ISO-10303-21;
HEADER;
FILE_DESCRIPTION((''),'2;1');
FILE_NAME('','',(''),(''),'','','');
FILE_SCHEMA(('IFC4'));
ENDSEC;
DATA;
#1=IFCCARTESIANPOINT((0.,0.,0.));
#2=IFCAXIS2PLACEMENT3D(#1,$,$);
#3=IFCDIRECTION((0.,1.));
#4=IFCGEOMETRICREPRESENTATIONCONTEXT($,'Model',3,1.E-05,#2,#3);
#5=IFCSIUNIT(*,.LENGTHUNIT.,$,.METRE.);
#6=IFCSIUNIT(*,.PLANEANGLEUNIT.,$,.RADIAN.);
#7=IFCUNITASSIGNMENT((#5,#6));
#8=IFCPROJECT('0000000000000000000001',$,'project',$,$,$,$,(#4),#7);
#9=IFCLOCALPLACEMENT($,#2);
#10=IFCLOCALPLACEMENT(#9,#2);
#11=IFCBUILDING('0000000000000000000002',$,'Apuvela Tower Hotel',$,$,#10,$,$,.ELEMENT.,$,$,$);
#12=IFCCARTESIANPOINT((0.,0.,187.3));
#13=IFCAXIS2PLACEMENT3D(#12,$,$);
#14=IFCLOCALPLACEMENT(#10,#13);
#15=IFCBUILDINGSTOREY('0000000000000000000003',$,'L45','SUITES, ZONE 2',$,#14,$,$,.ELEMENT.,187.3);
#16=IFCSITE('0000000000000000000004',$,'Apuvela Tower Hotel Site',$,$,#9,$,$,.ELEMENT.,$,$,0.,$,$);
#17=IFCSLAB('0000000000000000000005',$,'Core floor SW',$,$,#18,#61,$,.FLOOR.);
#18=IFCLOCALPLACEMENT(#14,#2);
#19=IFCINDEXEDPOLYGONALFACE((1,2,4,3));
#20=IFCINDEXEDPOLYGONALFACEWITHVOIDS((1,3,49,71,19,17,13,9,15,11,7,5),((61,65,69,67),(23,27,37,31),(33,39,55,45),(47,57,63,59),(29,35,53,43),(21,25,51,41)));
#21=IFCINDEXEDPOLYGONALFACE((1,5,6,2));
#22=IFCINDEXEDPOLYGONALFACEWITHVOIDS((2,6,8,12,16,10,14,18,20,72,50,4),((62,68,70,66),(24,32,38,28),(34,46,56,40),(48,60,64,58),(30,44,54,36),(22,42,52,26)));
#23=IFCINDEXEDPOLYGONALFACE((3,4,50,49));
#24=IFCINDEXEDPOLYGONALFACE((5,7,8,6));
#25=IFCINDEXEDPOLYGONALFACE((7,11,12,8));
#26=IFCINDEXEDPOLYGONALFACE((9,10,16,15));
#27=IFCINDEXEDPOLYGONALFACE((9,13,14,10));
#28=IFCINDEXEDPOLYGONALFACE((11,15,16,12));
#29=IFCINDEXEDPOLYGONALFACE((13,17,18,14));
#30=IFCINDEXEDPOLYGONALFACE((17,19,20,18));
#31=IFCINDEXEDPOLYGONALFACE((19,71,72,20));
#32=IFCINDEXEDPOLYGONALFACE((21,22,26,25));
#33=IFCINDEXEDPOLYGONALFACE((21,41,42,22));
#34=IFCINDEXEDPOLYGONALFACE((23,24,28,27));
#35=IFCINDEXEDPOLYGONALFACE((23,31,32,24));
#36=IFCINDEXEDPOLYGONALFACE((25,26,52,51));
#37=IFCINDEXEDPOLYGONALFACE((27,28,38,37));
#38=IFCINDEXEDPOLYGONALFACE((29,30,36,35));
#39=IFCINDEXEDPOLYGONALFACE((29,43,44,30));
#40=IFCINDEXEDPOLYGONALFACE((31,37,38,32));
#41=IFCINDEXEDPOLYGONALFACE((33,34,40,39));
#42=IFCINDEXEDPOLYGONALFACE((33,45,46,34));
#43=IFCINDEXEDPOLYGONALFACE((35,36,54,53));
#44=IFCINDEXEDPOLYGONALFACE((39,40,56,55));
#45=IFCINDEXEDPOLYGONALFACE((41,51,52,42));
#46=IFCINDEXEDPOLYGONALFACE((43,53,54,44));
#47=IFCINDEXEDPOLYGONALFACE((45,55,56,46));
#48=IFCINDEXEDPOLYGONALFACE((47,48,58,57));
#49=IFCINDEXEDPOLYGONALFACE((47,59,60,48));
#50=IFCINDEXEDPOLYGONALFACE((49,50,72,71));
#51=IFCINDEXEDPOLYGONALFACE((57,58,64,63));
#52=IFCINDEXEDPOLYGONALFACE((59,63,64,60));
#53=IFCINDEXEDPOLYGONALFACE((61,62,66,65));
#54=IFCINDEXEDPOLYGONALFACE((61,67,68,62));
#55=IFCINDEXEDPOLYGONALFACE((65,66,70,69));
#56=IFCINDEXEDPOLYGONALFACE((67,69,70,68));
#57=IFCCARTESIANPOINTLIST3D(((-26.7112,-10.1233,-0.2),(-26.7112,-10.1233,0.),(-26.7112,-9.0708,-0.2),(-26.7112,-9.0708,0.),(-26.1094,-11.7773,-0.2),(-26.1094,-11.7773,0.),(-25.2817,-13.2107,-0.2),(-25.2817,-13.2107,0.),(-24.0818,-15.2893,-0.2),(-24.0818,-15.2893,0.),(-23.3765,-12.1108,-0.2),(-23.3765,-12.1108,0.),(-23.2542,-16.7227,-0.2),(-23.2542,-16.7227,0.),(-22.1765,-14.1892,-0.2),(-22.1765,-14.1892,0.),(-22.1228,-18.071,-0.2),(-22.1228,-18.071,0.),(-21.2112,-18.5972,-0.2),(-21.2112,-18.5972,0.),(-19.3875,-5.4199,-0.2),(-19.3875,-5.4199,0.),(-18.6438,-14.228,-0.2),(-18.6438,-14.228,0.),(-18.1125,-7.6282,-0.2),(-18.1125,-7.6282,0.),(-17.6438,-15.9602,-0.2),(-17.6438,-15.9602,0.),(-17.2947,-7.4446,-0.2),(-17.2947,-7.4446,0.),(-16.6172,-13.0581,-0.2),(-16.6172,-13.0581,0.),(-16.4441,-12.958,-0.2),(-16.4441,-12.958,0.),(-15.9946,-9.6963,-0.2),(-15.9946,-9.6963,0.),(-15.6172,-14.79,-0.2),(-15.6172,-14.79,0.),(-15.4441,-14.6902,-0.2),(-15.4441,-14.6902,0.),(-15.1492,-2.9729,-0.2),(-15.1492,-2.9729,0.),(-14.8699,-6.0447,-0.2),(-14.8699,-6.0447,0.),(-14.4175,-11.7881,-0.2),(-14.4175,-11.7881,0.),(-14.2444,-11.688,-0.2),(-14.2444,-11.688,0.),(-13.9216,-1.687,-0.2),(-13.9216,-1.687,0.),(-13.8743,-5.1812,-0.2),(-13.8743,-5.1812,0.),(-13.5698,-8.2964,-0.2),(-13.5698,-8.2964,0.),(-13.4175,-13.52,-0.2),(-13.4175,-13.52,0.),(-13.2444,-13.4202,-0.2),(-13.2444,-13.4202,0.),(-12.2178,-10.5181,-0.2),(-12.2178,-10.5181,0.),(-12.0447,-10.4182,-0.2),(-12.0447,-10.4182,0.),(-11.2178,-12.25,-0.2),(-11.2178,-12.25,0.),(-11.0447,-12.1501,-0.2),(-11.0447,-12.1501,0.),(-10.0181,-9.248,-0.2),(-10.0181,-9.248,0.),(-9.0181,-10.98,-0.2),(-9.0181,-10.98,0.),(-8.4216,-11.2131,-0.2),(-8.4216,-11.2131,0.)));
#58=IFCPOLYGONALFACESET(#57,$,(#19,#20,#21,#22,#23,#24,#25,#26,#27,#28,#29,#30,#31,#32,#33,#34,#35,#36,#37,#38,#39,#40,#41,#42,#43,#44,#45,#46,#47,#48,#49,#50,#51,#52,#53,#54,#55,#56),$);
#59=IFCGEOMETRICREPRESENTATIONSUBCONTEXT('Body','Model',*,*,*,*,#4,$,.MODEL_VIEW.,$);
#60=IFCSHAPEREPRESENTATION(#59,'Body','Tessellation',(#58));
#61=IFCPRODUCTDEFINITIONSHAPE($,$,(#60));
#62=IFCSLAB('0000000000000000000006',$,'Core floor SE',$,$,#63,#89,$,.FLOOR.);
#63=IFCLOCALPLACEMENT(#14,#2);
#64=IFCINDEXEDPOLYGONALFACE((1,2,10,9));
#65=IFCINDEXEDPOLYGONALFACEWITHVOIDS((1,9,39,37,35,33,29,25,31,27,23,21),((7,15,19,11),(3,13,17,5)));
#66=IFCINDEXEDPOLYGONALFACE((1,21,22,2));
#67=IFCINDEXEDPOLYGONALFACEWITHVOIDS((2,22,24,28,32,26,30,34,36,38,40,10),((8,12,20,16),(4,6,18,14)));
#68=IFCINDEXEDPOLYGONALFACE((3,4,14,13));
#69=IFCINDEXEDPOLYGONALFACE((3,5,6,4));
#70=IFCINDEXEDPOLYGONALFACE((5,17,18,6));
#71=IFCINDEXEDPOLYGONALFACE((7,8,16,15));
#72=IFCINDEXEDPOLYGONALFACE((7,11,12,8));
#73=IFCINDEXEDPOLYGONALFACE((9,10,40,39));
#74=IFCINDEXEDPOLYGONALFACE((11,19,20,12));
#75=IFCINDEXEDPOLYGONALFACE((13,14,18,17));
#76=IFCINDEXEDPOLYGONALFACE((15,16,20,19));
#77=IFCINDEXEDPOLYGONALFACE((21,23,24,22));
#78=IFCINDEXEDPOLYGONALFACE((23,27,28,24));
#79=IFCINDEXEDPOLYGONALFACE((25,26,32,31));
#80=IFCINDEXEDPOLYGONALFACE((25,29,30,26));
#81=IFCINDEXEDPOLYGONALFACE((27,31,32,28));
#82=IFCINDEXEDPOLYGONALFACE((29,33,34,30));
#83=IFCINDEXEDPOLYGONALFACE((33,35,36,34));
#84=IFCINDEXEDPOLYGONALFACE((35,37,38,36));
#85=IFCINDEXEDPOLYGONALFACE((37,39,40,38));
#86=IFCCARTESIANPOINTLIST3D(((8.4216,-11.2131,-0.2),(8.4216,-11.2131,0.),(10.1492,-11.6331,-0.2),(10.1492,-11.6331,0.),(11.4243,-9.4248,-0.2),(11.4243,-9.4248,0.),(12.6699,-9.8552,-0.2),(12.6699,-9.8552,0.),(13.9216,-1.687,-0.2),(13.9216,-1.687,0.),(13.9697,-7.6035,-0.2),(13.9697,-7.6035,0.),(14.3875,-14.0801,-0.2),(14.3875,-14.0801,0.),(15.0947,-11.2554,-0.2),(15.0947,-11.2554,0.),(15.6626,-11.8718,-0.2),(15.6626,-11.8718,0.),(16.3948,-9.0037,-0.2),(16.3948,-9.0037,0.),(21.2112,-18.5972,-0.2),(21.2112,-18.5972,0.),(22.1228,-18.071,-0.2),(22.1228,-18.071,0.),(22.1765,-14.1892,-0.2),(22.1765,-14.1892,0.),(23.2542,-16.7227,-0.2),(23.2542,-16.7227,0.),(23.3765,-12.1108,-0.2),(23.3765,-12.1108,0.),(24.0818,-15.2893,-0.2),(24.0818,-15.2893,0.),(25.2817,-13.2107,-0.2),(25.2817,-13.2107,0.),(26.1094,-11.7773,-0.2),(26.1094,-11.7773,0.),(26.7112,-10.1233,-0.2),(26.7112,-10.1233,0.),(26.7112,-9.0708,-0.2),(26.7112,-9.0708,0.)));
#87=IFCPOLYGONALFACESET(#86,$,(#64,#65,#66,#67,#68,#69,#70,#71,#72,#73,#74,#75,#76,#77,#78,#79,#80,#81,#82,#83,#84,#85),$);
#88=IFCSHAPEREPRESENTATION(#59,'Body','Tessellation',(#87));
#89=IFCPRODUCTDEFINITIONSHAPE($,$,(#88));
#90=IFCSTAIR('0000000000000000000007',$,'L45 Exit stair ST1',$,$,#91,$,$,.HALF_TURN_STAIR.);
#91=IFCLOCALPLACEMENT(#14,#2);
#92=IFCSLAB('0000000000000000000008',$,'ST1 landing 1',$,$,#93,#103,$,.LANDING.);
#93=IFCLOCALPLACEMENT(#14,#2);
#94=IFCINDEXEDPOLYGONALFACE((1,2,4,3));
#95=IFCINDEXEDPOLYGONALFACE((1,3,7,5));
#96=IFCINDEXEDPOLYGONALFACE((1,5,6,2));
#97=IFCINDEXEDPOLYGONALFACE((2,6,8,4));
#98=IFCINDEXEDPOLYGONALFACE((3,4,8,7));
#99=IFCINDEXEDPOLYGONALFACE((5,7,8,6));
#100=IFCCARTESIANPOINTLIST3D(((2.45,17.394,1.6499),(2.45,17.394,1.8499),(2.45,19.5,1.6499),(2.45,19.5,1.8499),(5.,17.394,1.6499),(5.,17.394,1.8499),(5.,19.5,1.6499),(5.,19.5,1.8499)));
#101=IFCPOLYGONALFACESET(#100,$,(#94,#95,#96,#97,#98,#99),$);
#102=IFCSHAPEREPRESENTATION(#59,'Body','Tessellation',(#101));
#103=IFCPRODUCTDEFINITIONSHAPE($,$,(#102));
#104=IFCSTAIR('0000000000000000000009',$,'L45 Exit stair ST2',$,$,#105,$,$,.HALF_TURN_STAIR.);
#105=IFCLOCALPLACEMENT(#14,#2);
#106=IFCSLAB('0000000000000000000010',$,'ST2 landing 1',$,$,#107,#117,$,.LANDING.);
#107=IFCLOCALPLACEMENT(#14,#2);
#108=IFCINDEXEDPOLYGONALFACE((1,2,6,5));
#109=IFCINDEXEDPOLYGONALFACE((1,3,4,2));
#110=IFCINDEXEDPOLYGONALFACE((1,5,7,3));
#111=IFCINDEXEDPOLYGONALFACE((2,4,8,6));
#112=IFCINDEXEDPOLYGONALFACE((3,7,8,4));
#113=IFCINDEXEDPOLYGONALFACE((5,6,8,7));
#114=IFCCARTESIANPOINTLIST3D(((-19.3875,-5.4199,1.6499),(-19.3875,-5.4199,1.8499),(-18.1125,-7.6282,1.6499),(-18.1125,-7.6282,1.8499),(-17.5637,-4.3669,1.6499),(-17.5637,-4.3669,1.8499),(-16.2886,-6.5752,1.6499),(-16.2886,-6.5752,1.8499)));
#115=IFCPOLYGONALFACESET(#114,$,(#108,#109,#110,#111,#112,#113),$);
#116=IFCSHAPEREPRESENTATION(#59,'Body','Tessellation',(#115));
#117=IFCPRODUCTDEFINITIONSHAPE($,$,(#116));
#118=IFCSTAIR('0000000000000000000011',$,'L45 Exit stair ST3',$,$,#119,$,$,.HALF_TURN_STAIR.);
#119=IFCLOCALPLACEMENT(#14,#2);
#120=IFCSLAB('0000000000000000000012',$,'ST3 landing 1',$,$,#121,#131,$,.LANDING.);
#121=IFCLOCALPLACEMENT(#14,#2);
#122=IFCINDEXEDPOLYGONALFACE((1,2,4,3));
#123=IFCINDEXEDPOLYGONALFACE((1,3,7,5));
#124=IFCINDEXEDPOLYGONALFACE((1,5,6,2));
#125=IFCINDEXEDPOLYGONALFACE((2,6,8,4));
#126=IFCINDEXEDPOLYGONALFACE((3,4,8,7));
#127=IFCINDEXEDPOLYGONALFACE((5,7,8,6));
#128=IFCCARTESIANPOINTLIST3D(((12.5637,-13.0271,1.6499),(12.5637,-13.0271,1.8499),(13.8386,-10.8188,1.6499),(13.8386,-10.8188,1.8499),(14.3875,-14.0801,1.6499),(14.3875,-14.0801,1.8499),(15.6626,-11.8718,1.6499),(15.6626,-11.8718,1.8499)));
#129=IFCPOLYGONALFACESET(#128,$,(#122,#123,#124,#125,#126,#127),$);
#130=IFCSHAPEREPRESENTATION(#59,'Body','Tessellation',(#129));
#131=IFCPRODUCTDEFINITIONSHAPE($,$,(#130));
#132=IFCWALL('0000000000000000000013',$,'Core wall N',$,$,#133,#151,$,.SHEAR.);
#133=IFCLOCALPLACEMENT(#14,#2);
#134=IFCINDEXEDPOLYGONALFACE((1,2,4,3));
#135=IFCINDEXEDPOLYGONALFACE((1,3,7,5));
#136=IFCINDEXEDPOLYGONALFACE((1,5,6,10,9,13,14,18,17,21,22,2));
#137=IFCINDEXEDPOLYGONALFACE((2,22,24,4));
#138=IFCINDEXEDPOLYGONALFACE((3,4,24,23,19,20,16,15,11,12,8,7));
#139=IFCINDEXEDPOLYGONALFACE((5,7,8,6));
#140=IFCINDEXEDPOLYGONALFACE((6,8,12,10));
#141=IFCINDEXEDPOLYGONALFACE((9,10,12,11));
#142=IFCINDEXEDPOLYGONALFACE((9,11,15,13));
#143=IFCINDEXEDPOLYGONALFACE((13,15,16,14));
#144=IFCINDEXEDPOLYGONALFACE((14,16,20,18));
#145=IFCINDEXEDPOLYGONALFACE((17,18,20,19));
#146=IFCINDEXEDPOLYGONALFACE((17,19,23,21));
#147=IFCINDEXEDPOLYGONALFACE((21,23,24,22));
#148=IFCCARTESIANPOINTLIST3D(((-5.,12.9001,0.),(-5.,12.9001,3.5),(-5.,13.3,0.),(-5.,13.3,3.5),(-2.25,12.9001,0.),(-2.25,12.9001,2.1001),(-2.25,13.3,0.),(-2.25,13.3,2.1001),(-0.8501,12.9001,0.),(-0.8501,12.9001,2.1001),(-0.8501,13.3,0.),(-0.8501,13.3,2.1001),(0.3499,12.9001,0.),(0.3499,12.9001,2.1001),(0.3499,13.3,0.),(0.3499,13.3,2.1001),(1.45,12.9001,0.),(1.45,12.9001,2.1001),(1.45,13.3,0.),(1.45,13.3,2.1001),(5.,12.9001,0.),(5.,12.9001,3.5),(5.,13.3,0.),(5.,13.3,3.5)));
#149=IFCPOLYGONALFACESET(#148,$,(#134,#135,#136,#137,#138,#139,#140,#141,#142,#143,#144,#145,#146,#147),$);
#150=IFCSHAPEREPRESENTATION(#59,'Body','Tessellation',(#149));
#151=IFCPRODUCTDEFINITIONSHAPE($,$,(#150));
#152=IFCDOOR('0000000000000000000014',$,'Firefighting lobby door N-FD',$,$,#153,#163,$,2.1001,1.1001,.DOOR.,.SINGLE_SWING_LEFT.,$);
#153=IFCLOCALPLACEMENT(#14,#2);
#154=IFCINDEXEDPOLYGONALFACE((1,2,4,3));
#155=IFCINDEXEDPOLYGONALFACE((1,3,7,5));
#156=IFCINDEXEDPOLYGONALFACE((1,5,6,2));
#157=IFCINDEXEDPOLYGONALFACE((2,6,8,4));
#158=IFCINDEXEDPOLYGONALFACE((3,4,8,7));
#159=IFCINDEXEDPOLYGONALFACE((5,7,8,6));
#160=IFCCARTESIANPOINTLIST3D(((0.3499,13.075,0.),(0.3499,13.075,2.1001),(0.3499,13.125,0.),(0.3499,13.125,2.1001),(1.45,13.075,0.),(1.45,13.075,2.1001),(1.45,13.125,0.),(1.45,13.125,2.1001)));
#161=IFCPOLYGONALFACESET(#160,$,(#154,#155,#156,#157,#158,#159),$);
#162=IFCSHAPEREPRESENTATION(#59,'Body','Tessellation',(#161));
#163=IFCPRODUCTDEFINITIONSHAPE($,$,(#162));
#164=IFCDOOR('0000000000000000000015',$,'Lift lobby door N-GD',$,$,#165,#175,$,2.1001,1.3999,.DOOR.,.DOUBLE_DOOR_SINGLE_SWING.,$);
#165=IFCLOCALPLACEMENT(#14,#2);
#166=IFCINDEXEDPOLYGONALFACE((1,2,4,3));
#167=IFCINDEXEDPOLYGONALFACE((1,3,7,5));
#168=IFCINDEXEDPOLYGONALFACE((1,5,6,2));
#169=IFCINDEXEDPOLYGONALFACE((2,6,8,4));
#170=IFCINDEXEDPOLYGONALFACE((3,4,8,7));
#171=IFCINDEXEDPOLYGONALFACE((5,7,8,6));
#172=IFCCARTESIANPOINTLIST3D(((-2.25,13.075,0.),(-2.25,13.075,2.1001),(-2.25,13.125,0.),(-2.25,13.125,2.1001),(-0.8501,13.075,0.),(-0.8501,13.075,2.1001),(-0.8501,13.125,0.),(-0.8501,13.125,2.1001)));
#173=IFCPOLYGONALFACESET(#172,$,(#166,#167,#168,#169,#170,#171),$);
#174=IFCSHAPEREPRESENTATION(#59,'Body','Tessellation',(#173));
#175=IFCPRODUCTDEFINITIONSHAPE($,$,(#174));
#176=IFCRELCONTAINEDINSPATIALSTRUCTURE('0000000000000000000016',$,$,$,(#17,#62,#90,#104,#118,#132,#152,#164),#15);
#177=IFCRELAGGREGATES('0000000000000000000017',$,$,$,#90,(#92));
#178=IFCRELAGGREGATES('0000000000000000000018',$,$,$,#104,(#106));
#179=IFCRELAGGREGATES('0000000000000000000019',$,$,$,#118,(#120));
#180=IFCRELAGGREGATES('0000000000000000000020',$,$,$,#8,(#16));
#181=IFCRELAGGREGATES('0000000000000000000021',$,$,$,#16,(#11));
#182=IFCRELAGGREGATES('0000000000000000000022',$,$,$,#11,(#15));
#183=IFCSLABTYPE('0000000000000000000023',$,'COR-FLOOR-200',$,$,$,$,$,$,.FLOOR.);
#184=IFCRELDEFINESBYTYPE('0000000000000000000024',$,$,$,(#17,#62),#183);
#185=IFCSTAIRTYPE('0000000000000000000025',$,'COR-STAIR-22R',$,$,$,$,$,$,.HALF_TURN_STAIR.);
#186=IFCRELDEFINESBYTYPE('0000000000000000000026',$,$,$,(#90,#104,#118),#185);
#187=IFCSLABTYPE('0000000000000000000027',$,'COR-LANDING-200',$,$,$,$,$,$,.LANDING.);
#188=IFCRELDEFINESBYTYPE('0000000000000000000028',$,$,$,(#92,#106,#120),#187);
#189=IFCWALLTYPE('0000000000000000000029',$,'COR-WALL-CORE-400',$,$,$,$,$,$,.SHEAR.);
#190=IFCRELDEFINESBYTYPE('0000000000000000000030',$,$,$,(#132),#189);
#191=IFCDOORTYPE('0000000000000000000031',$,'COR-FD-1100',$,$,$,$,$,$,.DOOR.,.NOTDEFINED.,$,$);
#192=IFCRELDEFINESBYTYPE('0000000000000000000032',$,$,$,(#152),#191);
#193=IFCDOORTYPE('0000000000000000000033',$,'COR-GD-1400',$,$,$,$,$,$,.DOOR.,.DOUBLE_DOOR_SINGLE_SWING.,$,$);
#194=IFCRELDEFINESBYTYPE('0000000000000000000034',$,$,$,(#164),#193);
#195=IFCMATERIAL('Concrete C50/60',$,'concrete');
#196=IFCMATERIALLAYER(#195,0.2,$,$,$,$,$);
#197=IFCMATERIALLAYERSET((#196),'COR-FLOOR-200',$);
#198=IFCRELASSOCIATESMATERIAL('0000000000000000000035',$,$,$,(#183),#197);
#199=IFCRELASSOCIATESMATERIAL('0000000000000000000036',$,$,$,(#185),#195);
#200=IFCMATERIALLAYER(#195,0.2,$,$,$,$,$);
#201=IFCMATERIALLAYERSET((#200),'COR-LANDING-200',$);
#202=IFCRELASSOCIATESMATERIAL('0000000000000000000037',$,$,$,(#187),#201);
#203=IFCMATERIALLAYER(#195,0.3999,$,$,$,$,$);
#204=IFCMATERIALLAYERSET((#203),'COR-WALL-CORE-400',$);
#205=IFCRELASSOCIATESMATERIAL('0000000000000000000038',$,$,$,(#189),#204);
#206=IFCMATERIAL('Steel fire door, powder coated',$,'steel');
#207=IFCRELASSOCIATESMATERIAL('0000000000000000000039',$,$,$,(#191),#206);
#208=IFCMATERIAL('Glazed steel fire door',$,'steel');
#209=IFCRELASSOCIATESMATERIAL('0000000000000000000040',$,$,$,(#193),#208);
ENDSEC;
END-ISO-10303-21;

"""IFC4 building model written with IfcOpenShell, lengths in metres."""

from ifc_helpers import new_model, si_unit, direction, frame, frame_2d, origin, place, context, subcontext, project, spatial, polyline, rectangle, outline, extrude, material, layer, layer_set, type_object, element, fill, aggregate, save


model = new_model("IFC4")

# Units and contexts
model_context = context("Model", 3, precision=1e-05, world=origin(), true_north=direction((0.0, 1.0)))
body_context = subcontext(model_context, "Body", "Model", "MODEL_VIEW")
ifc_project = project(units=[si_unit("LENGTHUNIT", "METRE"), si_unit("PLANEANGLEUNIT", "RADIAN")], contexts=[model_context])

# Site, building, storey
site_placement = place(None, origin())
site = spatial("IfcSite", under=ifc_project, at=site_placement, Name="Apuvela Tower Hotel Site", CompositionType="ELEMENT", RefElevation=0.0)
building_placement = place(site_placement, origin())
building = spatial("IfcBuilding", under=site, at=building_placement, Name="Apuvela Tower Hotel", CompositionType="ELEMENT")
storey_placement = place(building_placement, frame((0.0, 0.0, 187.3)))
storey = spatial("IfcBuildingStorey", under=building, at=storey_placement, Name="L45", Description="SUITES, ZONE 2", CompositionType="ELEMENT", Elevation=187.3)

# Slabs
ifc_material_1 = material(Name="Concrete C50/60", Category="concrete")
ifc_layer_1 = layer(ifc_material_1, 0.2)
ifc_layer_set_1 = layer_set([ifc_layer_1], Name="COR-FLOOR-200")
slab_type_1 = type_object("IfcSlabType", Name="COR-FLOOR-200", PredefinedType="FLOOR", material=ifc_layer_set_1)
slab_1_placement = place(storey_placement, frame((0.0, 0.0, -0.2)))
element("IfcSlab", 1, at=slab_1_placement, inside=storey, type_object=slab_type_1, Name="Core floor SW", PredefinedType="FLOOR", context=body_context, shape_type="SweptSolid", body=[
    extrude(outline(polyline([(-26.7112, -9.0708), (-26.7112, -10.1233), (-26.1094, -11.7773), (-25.2817, -13.2107), (-23.3765, -12.1108), (-22.1765, -14.1892), (-24.0818, -15.2893), (-23.2542, -16.7227), (-22.1228, -18.071), (-21.2112, -18.5972), (-8.4216, -11.2131), (-13.9216, -1.687), (-26.7112, -9.0708)]), holes=[polyline([(-10.0181, -9.248), (-9.0181, -10.98), (-11.0447, -12.1501), (-12.0447, -10.4182), (-10.0181, -9.248)]), polyline([(-14.2444, -11.688), (-12.2178, -10.5181), (-11.2178, -12.25), (-13.2444, -13.4202), (-14.2444, -11.688)]), polyline([(-19.3875, -5.4199), (-15.1492, -2.9729), (-13.8743, -5.1812), (-18.1125, -7.6282), (-19.3875, -5.4199)]), polyline([(-14.8699, -6.0447), (-13.5698, -8.2964), (-15.9946, -9.6963), (-17.2947, -7.4446), (-14.8699, -6.0447)]), polyline([(-16.4441, -12.958), (-14.4175, -11.7881), (-13.4175, -13.52), (-15.4441, -14.6902), (-16.4441, -12.958)]), polyline([(-18.6438, -14.228), (-16.6172, -13.0581), (-15.6172, -14.79), (-17.6438, -15.9602), (-18.6438, -14.228)])]), origin(), (0.0, 0.0, 1.0), 0.2),
])
slab_2_placement = place(storey_placement, frame((0.0, 0.0, -0.2)))
element("IfcSlab", 2, at=slab_2_placement, inside=storey, type_object=slab_type_1, Name="Core floor SE", PredefinedType="FLOOR", context=body_context, shape_type="SweptSolid", body=[
    extrude(outline(polyline([(21.2112, -18.5972), (22.1228, -18.071), (23.2542, -16.7227), (24.0818, -15.2893), (22.1765, -14.1892), (23.3765, -12.1108), (25.2817, -13.2107), (26.1094, -11.7773), (26.7112, -10.1233), (26.7112, -9.0708), (13.9216, -1.687), (8.4216, -11.2131), (21.2112, -18.5972)]), holes=[polyline([(11.4243, -9.4248), (15.6626, -11.8718), (14.3875, -14.0801), (10.1492, -11.6331), (11.4243, -9.4248)]), polyline([(13.9697, -7.6035), (16.3948, -9.0037), (15.0947, -11.2554), (12.6699, -9.8552), (13.9697, -7.6035)])]), origin(), (0.0, 0.0, 1.0), 0.2),
])

# Stairs, slabs
stair_type = type_object("IfcStairType", Name="COR-STAIR-22R", PredefinedType="HALF_TURN_STAIR", material=ifc_material_1)
stair_1_placement = place(storey_placement, origin())
stair_1 = element("IfcStair", 3, at=stair_1_placement, inside=storey, type_object=stair_type, Name="L45 Exit stair ST1", PredefinedType="HALF_TURN_STAIR")
ifc_layer_2 = layer(ifc_material_1, 0.2)
ifc_layer_set_2 = layer_set([ifc_layer_2], Name="COR-LANDING-200")
slab_type_2 = type_object("IfcSlabType", Name="COR-LANDING-200", PredefinedType="LANDING", material=ifc_layer_set_2)
slab_3_placement = place(storey_placement, frame((0.0, 0.0, 1.6499)))
slab_3 = element("IfcSlab", 4, at=slab_3_placement, type_object=slab_type_2, Name="ST1 landing 1", PredefinedType="LANDING", context=body_context, shape_type="SweptSolid", body=[
    extrude(outline(polyline([(5.0, 17.394), (5.0, 19.5), (2.45, 19.5), (2.45, 17.394), (5.0, 17.394)])), origin(), (0.0, 0.0, 1.0), 0.2),
])
aggregate(stair_1, [slab_3])
stair_2_placement = place(storey_placement, origin())
stair_2 = element("IfcStair", 5, at=stair_2_placement, inside=storey, type_object=stair_type, Name="L45 Exit stair ST2", PredefinedType="HALF_TURN_STAIR")
slab_4_placement = place(storey_placement, frame((0.0, 0.0, 1.6499)))
slab_4 = element("IfcSlab", 6, at=slab_4_placement, type_object=slab_type_2, Name="ST2 landing 1", PredefinedType="LANDING", context=body_context, shape_type="SweptSolid", body=[
    extrude(outline(polyline([(-17.5637, -4.3669), (-19.3875, -5.4199), (-18.1125, -7.6282), (-16.2886, -6.5752), (-17.5637, -4.3669)])), origin(), (0.0, 0.0, 1.0), 0.2),
])
aggregate(stair_2, [slab_4])
stair_3_placement = place(storey_placement, origin())
stair_3 = element("IfcStair", 7, at=stair_3_placement, inside=storey, type_object=stair_type, Name="L45 Exit stair ST3", PredefinedType="HALF_TURN_STAIR")
slab_5_placement = place(storey_placement, frame((0.0, 0.0, 1.6499)))
slab_5 = element("IfcSlab", 8, at=slab_5_placement, type_object=slab_type_2, Name="ST3 landing 1", PredefinedType="LANDING", context=body_context, shape_type="SweptSolid", body=[
    extrude(outline(polyline([(12.5637, -13.0271), (14.3875, -14.0801), (15.6626, -11.8718), (13.8386, -10.8188), (12.5637, -13.0271)])), origin(), (0.0, 0.0, 1.0), 0.2),
])
aggregate(stair_3, [slab_5])

# Wall, openings, doors
ifc_layer_3 = layer(ifc_material_1, 0.3999)
ifc_layer_set_3 = layer_set([ifc_layer_3], Name="COR-WALL-CORE-400")
wall_type_1 = type_object("IfcWallType", Name="COR-WALL-CORE-400", PredefinedType="SHEAR", material=ifc_layer_set_3)
wall_1_placement = place(storey_placement, frame((5.0, 13.1001, 0.0), z_axis=(0.0, 0.0, 1.0), x_axis=(-1.0, 0.0, 0.0)))
wall_1 = element("IfcWall", 9, at=wall_1_placement, inside=storey, type_object=wall_type_1, Name="Core wall N", PredefinedType="SHEAR", context=body_context, shape_type="SweptSolid", body=[
    extrude(rectangle(XDim=10.0, YDim=0.3999, at=frame_2d((5.0, 0.0))), origin(), (0.0, 0.0, 1.0), 3.5),
])
opening_1_placement = place(wall_1_placement, frame((3.55, 0.0, 0.0)))
opening_1 = element("IfcOpeningElement", 10, at=opening_1_placement, cuts=wall_1, PredefinedType="OPENING", context=body_context, shape_type="SweptSolid", body=[
    extrude(rectangle(XDim=1.1001, YDim=2.1001, at=frame_2d((0.55, 1.05))), frame((0.0, 0.21, 0.0), z_axis=(0.0, -1.0, 0.0), x_axis=(1.0, 0.0, 0.0)), (0.0, 0.0, 1.0), 0.4199),
])
opening_2_placement = place(wall_1_placement, frame((5.8501, 0.0, 0.0)))
opening_2 = element("IfcOpeningElement", 11, at=opening_2_placement, cuts=wall_1, PredefinedType="OPENING", context=body_context, shape_type="SweptSolid", body=[
    extrude(rectangle(XDim=1.3999, YDim=2.1001, at=frame_2d((0.7, 1.05))), frame((0.0, 0.21, 0.0), z_axis=(0.0, -1.0, 0.0), x_axis=(1.0, 0.0, 0.0)), (0.0, 0.0, 1.0), 0.4199),
])
ifc_material_2 = material(Name="Steel fire door, powder coated", Category="steel")
door_type_1 = type_object("IfcDoorType", Name="COR-FD-1100", OperationType="NOTDEFINED", PredefinedType="DOOR", material=ifc_material_2)
door_1_placement = place(opening_1_placement, frame((1.1001, 0.0, 0.0), z_axis=(0.0, 0.0, 1.0), x_axis=(-1.0, 0.0, 0.0)))
door_1 = element("IfcDoor", 12, at=door_1_placement, inside=storey, type_object=door_type_1, Name="Firefighting lobby door N-FD", OperationType="SINGLE_SWING_LEFT", OverallHeight=2.1001, OverallWidth=1.1001, PredefinedType="DOOR", context=body_context, shape_type="SweptSolid", body=[
    extrude(rectangle(XDim=1.1001, YDim=2.1001, at=frame_2d((0.55, 1.05))), frame((0.0, 0.0249, 0.0), z_axis=(0.0, -1.0, 0.0), x_axis=(1.0, 0.0, 0.0)), (0.0, 0.0, 1.0), 0.05),
])
fill(opening_1, door_1)
ifc_material_3 = material(Name="Glazed steel fire door", Category="steel")
door_type_2 = type_object("IfcDoorType", Name="COR-GD-1400", OperationType="DOUBLE_DOOR_SINGLE_SWING", PredefinedType="DOOR", material=ifc_material_3)
door_2_placement = place(opening_2_placement, frame((1.3999, 0.0, 0.0), z_axis=(0.0, 0.0, 1.0), x_axis=(-1.0, 0.0, 0.0)))
door_2 = element("IfcDoor", 13, at=door_2_placement, inside=storey, type_object=door_type_2, Name="Lift lobby door N-GD", OperationType="DOUBLE_DOOR_SINGLE_SWING", OverallHeight=2.1001, OverallWidth=1.3999, PredefinedType="DOOR", context=body_context, shape_type="SweptSolid", body=[
    extrude(rectangle(XDim=1.3999, YDim=2.1001, at=frame_2d((0.7, 1.05))), frame((0.0, 0.0249, 0.0), z_axis=(0.0, -1.0, 0.0), x_axis=(1.0, 0.0, 0.0)), (0.0, 0.0, 1.0), 0.05),
])
fill(opening_2, door_2)

save(model, "model.ifc")
